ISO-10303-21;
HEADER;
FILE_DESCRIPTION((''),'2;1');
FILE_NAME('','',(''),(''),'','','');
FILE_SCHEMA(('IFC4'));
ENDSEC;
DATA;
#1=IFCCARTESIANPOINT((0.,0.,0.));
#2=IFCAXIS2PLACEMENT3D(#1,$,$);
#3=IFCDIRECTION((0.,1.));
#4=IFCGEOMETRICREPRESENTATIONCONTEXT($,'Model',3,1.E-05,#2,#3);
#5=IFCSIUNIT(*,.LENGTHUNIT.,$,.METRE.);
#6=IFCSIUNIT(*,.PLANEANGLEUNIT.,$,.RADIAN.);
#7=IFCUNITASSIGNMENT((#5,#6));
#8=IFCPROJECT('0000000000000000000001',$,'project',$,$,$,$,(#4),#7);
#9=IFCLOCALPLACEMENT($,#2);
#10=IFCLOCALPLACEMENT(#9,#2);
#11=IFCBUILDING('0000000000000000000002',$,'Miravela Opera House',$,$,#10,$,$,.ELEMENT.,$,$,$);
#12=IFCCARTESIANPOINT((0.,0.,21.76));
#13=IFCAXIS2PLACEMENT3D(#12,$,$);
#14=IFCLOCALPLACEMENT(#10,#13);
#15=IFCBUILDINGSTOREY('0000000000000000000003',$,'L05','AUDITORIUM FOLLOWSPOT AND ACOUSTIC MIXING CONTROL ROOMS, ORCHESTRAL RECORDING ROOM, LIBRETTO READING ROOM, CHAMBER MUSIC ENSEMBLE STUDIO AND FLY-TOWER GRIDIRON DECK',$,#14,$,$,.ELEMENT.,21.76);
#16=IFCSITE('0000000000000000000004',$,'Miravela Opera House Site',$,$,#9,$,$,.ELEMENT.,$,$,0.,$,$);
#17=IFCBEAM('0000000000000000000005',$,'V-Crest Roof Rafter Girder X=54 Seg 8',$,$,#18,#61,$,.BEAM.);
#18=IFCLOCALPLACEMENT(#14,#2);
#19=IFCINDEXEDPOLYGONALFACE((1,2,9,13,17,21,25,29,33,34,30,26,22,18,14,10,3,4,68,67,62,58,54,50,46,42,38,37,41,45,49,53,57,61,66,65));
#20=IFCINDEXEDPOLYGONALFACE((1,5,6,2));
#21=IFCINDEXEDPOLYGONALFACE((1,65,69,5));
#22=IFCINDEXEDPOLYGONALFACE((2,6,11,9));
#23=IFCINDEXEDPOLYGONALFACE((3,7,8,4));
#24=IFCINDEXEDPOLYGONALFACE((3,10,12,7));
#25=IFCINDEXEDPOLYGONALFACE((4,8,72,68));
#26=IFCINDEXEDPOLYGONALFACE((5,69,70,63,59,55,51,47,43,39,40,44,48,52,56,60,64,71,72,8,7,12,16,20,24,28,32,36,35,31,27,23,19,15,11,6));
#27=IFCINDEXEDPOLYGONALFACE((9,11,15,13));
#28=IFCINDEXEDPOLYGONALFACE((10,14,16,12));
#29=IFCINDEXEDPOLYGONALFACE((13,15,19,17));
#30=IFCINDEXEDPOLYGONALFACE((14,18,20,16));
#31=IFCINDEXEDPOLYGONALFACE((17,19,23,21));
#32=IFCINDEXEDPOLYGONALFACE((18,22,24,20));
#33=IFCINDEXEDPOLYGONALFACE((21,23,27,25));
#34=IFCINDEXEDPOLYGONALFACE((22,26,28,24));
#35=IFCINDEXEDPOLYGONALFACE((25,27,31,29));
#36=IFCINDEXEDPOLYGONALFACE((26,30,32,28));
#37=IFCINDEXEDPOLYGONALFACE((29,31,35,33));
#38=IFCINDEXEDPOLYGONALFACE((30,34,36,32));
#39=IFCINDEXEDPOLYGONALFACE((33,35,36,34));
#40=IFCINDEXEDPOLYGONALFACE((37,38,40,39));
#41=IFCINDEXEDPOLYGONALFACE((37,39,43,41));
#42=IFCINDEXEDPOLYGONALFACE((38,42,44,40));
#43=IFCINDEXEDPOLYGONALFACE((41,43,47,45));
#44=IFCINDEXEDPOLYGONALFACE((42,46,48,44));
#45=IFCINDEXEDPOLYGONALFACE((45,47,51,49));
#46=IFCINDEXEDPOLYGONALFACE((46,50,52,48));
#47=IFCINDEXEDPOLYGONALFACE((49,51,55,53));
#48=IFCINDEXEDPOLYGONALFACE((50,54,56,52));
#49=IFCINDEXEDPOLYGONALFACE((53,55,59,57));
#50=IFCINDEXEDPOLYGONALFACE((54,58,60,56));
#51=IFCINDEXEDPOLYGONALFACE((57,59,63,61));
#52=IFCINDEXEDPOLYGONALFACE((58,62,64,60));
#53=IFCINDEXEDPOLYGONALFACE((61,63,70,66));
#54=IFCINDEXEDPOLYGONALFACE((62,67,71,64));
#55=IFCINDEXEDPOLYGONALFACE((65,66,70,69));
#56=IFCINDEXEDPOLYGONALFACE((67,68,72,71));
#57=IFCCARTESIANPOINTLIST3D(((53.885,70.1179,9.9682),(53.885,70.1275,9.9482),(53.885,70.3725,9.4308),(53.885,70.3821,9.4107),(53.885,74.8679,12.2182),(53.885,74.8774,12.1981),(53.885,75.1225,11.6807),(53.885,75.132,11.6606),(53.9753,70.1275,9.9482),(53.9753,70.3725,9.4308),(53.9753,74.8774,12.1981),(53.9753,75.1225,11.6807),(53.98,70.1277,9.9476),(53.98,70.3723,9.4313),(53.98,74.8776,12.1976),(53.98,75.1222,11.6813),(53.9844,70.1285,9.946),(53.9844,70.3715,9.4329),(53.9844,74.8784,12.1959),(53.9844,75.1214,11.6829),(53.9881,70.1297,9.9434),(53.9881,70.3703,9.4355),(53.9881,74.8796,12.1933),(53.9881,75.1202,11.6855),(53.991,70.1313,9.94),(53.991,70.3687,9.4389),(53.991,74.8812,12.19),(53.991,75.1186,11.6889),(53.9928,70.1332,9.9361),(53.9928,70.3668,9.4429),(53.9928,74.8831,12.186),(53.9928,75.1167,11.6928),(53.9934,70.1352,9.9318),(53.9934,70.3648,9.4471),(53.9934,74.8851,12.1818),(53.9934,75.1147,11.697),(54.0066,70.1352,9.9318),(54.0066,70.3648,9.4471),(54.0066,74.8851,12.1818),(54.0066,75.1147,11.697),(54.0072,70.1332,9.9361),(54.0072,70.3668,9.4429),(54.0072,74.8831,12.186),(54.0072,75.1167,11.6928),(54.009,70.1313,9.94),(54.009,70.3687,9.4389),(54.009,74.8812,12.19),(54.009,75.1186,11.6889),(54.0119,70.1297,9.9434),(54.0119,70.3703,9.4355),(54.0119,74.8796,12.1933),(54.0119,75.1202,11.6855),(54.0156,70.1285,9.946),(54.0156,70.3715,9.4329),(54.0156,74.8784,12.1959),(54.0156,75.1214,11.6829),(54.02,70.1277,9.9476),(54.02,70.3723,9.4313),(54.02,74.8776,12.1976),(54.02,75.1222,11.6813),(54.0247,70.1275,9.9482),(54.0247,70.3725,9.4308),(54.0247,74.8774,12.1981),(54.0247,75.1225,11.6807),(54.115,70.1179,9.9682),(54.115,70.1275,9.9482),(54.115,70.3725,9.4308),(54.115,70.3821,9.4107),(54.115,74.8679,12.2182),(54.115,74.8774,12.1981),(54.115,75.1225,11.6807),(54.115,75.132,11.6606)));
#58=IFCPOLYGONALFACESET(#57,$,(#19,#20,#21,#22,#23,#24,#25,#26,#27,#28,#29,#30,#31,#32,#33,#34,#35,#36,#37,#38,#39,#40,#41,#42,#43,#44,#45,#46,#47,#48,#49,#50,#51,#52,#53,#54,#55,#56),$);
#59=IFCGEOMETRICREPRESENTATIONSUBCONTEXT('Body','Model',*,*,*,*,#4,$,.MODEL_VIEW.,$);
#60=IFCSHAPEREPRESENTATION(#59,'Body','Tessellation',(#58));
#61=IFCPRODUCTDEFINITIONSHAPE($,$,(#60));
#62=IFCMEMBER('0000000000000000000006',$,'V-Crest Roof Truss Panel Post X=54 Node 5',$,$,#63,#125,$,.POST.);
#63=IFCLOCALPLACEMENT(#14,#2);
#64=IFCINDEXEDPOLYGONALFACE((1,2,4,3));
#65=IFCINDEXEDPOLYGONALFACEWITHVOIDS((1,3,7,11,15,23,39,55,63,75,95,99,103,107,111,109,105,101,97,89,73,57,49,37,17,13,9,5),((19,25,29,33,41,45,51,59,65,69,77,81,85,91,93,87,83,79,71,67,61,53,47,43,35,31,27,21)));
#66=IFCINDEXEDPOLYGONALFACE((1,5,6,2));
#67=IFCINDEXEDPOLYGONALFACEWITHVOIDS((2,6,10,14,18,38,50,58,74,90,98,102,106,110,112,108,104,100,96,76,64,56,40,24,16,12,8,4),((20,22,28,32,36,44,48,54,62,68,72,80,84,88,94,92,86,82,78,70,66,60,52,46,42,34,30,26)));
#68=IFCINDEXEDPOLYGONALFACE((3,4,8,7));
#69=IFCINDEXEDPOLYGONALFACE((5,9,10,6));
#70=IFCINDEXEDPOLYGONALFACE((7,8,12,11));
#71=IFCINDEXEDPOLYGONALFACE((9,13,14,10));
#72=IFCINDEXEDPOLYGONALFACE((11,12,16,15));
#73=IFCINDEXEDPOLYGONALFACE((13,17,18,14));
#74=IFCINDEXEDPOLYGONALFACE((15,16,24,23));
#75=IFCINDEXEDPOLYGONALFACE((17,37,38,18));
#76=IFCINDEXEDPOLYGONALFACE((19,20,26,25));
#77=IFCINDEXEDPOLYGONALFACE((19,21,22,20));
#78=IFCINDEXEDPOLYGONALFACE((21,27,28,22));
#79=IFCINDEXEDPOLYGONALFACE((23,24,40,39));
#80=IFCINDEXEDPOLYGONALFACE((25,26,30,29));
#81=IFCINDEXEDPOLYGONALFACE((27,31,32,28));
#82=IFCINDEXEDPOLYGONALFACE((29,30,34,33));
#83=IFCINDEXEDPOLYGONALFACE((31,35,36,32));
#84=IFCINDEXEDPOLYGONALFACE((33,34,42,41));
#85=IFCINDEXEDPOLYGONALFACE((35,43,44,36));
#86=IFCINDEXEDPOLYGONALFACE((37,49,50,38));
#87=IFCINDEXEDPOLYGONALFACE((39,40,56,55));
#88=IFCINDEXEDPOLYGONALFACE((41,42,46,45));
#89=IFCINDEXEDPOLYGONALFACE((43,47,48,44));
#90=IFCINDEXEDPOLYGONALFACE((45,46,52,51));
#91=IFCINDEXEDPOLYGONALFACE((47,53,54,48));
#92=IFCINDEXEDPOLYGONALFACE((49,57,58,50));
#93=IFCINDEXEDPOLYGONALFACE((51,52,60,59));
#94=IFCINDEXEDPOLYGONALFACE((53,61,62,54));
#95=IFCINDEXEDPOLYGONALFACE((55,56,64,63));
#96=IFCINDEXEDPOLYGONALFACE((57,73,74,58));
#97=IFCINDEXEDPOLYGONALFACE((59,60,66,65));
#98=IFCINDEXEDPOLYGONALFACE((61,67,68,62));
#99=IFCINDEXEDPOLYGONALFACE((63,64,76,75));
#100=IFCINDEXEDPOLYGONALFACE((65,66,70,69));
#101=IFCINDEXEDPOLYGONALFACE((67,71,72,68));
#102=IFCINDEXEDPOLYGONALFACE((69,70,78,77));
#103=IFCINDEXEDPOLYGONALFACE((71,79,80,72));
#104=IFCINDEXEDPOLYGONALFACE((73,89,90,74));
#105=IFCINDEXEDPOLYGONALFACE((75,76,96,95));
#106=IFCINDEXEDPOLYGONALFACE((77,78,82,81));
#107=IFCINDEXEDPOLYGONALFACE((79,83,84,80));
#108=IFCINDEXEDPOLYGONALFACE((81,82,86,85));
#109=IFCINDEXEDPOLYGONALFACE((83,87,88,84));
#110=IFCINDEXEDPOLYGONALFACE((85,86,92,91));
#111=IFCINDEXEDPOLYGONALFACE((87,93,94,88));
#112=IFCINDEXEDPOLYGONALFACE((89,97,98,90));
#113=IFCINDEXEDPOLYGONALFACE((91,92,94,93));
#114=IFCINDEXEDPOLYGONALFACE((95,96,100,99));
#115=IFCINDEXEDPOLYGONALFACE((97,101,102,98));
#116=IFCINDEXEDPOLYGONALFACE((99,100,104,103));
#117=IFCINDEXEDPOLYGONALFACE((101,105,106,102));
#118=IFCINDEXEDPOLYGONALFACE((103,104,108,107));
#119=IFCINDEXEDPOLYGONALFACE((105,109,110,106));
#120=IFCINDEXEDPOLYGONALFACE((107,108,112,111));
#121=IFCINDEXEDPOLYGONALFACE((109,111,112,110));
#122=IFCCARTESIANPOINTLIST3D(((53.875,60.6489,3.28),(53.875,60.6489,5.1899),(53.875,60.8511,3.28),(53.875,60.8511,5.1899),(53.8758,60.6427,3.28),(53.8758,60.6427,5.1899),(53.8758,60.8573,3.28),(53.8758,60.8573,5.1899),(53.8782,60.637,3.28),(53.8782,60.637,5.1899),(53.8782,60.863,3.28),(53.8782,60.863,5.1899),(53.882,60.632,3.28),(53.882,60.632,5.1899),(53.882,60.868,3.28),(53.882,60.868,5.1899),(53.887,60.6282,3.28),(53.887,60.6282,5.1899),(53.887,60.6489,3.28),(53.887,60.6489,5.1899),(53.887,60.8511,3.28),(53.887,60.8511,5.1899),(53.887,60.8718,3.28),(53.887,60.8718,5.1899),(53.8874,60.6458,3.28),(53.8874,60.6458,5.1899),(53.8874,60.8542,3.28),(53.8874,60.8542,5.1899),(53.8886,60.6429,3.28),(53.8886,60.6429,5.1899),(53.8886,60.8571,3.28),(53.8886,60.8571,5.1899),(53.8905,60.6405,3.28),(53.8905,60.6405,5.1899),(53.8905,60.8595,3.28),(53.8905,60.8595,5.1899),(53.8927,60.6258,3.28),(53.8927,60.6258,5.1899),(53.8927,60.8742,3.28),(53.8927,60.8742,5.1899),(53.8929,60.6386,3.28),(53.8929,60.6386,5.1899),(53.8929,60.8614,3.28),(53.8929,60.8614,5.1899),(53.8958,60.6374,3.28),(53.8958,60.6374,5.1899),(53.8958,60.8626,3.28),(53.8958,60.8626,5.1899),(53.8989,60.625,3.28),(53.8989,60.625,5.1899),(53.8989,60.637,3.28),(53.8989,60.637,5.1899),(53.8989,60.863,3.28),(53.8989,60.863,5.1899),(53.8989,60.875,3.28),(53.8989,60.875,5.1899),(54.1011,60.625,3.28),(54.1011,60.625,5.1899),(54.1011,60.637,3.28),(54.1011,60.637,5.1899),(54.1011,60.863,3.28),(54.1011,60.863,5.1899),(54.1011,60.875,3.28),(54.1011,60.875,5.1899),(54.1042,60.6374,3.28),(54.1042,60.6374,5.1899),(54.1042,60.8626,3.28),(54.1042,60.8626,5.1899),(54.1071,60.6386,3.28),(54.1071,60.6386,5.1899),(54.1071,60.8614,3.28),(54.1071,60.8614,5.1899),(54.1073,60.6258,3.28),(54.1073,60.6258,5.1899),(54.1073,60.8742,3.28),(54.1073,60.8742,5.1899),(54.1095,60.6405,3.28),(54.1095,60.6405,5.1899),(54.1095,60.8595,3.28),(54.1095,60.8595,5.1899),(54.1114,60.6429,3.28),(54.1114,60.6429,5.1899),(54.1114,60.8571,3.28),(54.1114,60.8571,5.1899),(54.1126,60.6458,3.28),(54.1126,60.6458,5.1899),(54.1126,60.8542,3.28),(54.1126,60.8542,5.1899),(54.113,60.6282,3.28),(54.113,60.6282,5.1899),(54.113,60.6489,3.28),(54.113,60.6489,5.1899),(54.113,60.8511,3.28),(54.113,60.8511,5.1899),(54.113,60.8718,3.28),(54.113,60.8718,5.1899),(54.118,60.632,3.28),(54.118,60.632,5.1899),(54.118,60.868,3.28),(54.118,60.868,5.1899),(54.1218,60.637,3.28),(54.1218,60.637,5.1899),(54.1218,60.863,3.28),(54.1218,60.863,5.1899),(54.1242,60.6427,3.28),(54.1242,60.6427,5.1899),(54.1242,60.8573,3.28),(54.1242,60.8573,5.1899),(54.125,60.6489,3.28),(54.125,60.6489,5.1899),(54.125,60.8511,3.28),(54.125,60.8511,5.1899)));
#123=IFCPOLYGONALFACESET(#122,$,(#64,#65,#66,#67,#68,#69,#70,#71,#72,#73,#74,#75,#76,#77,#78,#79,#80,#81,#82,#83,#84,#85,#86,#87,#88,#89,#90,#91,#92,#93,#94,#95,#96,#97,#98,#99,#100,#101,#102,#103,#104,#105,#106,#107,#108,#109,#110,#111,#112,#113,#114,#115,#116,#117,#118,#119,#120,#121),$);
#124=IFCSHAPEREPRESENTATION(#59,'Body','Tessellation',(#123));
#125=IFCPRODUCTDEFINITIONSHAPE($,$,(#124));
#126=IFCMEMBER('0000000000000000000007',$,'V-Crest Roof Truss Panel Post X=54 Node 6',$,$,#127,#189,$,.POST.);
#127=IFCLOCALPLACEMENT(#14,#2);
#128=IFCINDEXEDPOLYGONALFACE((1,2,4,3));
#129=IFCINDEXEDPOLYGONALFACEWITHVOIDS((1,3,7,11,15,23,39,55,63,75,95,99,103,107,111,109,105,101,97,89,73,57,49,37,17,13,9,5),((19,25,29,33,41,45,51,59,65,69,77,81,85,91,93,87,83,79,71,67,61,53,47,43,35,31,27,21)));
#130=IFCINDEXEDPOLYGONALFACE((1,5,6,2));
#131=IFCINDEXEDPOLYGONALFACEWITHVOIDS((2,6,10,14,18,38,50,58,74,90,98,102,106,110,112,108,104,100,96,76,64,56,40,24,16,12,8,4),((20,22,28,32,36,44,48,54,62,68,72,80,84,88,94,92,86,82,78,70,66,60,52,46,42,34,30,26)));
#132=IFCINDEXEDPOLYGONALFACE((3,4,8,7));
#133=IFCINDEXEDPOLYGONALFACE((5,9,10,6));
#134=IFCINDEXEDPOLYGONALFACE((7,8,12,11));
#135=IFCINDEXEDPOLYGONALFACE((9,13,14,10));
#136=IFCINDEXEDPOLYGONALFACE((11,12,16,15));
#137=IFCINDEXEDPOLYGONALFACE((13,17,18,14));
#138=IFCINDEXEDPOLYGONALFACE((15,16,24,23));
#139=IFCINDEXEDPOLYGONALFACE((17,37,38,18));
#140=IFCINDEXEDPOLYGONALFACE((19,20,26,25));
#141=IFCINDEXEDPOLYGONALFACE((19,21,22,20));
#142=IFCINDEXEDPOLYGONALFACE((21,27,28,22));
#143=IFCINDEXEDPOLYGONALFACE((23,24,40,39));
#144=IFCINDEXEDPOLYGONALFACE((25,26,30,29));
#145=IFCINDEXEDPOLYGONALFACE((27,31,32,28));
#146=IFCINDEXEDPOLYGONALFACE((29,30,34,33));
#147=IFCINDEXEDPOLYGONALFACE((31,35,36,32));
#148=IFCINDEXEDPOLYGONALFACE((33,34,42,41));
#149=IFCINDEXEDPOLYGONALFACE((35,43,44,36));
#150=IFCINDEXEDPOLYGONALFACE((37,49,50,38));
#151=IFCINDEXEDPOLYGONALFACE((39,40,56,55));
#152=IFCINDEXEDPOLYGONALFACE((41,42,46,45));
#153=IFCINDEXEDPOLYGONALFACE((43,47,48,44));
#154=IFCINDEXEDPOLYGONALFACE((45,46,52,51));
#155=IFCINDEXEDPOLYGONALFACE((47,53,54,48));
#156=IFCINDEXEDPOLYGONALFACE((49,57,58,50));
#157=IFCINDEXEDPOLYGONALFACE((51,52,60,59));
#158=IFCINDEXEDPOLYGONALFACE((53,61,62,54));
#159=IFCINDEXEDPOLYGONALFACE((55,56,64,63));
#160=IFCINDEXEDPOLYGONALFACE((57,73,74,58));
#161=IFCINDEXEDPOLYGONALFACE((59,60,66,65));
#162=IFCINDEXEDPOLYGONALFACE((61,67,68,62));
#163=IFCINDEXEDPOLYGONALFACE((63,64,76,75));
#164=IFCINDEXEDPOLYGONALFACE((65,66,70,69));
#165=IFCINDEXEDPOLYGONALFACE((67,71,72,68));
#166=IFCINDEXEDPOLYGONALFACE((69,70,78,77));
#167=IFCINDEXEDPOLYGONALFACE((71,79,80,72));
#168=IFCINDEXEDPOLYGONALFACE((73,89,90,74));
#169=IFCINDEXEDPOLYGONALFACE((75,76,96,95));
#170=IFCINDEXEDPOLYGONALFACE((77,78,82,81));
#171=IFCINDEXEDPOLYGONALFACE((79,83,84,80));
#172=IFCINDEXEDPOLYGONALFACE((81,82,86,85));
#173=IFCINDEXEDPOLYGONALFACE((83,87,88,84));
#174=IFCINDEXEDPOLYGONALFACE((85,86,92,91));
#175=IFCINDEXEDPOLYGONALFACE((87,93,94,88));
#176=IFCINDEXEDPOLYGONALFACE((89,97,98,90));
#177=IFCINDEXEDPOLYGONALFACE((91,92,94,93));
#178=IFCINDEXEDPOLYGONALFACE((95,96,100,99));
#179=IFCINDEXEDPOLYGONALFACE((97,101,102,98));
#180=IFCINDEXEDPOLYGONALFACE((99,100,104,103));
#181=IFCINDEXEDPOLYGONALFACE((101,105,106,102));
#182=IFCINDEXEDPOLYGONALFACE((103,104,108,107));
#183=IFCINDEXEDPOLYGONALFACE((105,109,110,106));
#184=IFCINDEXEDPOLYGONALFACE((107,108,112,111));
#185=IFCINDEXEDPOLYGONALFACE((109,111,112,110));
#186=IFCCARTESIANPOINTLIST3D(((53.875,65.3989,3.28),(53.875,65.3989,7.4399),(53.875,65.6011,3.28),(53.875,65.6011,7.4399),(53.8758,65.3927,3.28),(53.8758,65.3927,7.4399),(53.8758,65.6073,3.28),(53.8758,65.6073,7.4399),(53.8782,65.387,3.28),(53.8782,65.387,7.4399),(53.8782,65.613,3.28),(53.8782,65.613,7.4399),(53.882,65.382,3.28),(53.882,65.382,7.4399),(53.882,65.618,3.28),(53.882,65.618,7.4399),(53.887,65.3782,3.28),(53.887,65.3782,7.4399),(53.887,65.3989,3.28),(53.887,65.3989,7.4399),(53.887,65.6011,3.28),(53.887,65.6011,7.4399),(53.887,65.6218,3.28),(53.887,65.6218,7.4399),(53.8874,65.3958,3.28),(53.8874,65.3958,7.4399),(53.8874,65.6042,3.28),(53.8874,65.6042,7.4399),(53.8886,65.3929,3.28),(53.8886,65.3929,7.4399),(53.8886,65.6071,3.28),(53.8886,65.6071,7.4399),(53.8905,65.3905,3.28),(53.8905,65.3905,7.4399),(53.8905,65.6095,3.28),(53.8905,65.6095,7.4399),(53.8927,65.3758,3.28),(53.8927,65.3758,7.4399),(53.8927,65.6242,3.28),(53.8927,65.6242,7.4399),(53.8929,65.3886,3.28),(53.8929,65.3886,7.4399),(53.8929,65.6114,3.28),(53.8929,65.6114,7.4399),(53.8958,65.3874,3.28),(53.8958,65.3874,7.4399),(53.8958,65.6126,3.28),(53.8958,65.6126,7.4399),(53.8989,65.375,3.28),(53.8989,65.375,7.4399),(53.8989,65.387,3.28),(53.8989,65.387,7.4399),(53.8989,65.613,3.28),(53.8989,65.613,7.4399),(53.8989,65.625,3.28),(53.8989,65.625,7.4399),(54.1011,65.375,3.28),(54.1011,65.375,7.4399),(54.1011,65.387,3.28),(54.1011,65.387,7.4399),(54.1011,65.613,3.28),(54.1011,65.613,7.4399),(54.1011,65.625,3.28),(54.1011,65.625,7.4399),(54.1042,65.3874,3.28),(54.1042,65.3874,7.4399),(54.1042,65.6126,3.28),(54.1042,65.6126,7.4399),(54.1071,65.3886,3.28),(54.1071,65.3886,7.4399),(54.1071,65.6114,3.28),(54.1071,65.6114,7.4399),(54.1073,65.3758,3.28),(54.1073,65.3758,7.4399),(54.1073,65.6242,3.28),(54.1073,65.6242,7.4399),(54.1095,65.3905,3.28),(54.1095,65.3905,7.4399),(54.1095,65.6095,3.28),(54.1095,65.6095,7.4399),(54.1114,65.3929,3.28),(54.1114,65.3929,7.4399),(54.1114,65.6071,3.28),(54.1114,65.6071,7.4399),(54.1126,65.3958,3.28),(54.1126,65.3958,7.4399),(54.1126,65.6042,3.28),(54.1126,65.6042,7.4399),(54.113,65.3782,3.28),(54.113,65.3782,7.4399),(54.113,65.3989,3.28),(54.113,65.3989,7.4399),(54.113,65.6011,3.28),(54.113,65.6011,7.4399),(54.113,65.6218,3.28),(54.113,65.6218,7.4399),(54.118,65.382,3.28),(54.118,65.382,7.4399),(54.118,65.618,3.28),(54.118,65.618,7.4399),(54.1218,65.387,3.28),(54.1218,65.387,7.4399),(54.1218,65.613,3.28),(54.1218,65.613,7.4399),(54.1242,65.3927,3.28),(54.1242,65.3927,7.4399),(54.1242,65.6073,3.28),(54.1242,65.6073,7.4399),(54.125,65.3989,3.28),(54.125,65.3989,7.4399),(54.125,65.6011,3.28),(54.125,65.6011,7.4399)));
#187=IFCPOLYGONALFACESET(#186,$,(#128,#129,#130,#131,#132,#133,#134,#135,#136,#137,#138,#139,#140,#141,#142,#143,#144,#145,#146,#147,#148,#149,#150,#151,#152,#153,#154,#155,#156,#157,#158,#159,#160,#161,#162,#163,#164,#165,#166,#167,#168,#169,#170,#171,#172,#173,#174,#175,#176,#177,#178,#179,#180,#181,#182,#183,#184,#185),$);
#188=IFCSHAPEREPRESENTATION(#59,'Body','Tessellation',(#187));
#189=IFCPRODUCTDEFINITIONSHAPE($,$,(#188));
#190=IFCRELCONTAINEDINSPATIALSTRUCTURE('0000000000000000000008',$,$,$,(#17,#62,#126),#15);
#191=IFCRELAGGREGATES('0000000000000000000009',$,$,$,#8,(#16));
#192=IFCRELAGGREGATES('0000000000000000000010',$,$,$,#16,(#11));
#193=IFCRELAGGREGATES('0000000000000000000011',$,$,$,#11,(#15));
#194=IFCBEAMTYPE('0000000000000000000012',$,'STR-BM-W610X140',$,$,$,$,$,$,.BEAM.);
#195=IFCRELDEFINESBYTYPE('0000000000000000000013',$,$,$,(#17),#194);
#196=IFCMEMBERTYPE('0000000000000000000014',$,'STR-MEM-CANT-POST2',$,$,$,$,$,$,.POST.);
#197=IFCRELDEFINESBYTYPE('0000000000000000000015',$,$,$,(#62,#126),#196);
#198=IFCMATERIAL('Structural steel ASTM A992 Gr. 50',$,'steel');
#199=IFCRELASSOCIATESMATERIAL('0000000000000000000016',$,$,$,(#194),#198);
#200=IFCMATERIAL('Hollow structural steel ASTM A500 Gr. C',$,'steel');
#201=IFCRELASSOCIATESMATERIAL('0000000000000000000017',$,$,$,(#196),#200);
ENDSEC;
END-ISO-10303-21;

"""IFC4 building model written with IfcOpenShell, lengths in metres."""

from ifc_helpers import new_model, si_unit, direction, frame, origin, origin_2d, place, context, subcontext, project, spatial, hollow_rectangle, i_section, extrude, material, material_profile, profile_set, type_object, element, save


model = new_model("IFC4")

# Units and contexts
model_context = context("Model", 3, precision=1e-05, world=origin(), true_north=direction((0.0, 1.0)))
body_context = subcontext(model_context, "Body", "Model", "MODEL_VIEW")
ifc_project = project(units=[si_unit("LENGTHUNIT", "METRE"), si_unit("PLANEANGLEUNIT", "RADIAN")], contexts=[model_context])

# Site, building, storey
site_placement = place(None, origin())
site = spatial("IfcSite", under=ifc_project, at=site_placement, Name="Miravela Opera House Site", CompositionType="ELEMENT", RefElevation=0.0)
building_placement = place(site_placement, origin())
building = spatial("IfcBuilding", under=site, at=building_placement, Name="Miravela Opera House", CompositionType="ELEMENT")
storey_placement = place(building_placement, frame((0.0, 0.0, 21.76)))
storey = spatial("IfcBuildingStorey", under=building, at=storey_placement, Name="L05", Description="AUDITORIUM FOLLOWSPOT AND ACOUSTIC MIXING CONTROL ROOMS, ORCHESTRAL RECORDING ROOM, LIBRETTO READING ROOM, CHAMBER MUSIC ENSEMBLE STUDIO AND FLY-TOWER GRIDIRON DECK", CompositionType="ELEMENT", Elevation=21.76)

# Beam
ifc_material_1 = material(Name="Structural steel ASTM A992 Gr. 50", Category="steel")
ifc_material_profile_1 = material_profile(ifc_material_1, i_section(OverallWidth=0.23, OverallDepth=0.6169, WebThickness=0.0132, FlangeThickness=0.0222, FilletRadius=0.0181, at=origin_2d()), Name="W610X140")
ifc_profile_set_1 = profile_set([ifc_material_profile_1])
beam_type_1 = type_object("IfcBeamType", Name="STR-BM-W610X140", PredefinedType="BEAM", material=ifc_profile_set_1)
for number, where, z_axis, x_axis, name in (
    (1, (54.0, 70.25, 9.6895), (0.0, 0.903738, 0.428086), (-1.0, 0.0, 0.0), "V-Crest Roof Rafter Girder X=54 Seg 8"),
):
    element("IfcBeam", number, at=place(storey_placement, frame(where, z_axis=z_axis, x_axis=x_axis)), inside=storey, type_object=beam_type_1, Name=name, PredefinedType="BEAM", context=body_context, shape_type="SweptSolid", body=[
        extrude(i_section(OverallWidth=0.23, OverallDepth=0.6169, WebThickness=0.0132, FlangeThickness=0.0222, FilletRadius=0.0181, at=origin_2d()), origin(), (0.0, 0.0, 1.0), 5.2559),
    ])

# Members
ifc_material_2 = material(Name="Hollow structural steel ASTM A500 Gr. C", Category="steel")
ifc_material_profile_2 = material_profile(ifc_material_2, hollow_rectangle(XDim=0.25, YDim=0.25, WallThickness=0.012, InnerFilletRadius=0.012, OuterFilletRadius=0.0239, at=origin_2d()), Name="HSS250X250X12")
ifc_profile_set_2 = profile_set([ifc_material_profile_2])
member_type_1 = type_object("IfcMemberType", Name="STR-MEM-CANT-POST2", PredefinedType="POST", material=ifc_profile_set_2)
member_1_placement = place(storey_placement, frame((54.0, 60.75, 3.28), z_axis=(0.0, 0.0, 1.0), x_axis=(1.0, 0.0, 0.0)))
element("IfcMember", 2, at=member_1_placement, inside=storey, type_object=member_type_1, Name="V-Crest Roof Truss Panel Post X=54 Node 5", PredefinedType="POST", context=body_context, shape_type="SweptSolid", body=[
    extrude(hollow_rectangle(XDim=0.25, YDim=0.25, WallThickness=0.012, InnerFilletRadius=0.012, OuterFilletRadius=0.0239, at=origin_2d()), origin(), (0.0, 0.0, 1.0), 1.9099),
])
member_2_placement = place(storey_placement, frame((54.0, 65.5, 3.28), z_axis=(0.0, 0.0, 1.0), x_axis=(1.0, 0.0, 0.0)))
element("IfcMember", 3, at=member_2_placement, inside=storey, type_object=member_type_1, Name="V-Crest Roof Truss Panel Post X=54 Node 6", PredefinedType="POST", context=body_context, shape_type="SweptSolid", body=[
    extrude(hollow_rectangle(XDim=0.25, YDim=0.25, WallThickness=0.012, InnerFilletRadius=0.012, OuterFilletRadius=0.0239, at=origin_2d()), origin(), (0.0, 0.0, 1.0), 4.1599),
])

save(model, "model.ifc")
